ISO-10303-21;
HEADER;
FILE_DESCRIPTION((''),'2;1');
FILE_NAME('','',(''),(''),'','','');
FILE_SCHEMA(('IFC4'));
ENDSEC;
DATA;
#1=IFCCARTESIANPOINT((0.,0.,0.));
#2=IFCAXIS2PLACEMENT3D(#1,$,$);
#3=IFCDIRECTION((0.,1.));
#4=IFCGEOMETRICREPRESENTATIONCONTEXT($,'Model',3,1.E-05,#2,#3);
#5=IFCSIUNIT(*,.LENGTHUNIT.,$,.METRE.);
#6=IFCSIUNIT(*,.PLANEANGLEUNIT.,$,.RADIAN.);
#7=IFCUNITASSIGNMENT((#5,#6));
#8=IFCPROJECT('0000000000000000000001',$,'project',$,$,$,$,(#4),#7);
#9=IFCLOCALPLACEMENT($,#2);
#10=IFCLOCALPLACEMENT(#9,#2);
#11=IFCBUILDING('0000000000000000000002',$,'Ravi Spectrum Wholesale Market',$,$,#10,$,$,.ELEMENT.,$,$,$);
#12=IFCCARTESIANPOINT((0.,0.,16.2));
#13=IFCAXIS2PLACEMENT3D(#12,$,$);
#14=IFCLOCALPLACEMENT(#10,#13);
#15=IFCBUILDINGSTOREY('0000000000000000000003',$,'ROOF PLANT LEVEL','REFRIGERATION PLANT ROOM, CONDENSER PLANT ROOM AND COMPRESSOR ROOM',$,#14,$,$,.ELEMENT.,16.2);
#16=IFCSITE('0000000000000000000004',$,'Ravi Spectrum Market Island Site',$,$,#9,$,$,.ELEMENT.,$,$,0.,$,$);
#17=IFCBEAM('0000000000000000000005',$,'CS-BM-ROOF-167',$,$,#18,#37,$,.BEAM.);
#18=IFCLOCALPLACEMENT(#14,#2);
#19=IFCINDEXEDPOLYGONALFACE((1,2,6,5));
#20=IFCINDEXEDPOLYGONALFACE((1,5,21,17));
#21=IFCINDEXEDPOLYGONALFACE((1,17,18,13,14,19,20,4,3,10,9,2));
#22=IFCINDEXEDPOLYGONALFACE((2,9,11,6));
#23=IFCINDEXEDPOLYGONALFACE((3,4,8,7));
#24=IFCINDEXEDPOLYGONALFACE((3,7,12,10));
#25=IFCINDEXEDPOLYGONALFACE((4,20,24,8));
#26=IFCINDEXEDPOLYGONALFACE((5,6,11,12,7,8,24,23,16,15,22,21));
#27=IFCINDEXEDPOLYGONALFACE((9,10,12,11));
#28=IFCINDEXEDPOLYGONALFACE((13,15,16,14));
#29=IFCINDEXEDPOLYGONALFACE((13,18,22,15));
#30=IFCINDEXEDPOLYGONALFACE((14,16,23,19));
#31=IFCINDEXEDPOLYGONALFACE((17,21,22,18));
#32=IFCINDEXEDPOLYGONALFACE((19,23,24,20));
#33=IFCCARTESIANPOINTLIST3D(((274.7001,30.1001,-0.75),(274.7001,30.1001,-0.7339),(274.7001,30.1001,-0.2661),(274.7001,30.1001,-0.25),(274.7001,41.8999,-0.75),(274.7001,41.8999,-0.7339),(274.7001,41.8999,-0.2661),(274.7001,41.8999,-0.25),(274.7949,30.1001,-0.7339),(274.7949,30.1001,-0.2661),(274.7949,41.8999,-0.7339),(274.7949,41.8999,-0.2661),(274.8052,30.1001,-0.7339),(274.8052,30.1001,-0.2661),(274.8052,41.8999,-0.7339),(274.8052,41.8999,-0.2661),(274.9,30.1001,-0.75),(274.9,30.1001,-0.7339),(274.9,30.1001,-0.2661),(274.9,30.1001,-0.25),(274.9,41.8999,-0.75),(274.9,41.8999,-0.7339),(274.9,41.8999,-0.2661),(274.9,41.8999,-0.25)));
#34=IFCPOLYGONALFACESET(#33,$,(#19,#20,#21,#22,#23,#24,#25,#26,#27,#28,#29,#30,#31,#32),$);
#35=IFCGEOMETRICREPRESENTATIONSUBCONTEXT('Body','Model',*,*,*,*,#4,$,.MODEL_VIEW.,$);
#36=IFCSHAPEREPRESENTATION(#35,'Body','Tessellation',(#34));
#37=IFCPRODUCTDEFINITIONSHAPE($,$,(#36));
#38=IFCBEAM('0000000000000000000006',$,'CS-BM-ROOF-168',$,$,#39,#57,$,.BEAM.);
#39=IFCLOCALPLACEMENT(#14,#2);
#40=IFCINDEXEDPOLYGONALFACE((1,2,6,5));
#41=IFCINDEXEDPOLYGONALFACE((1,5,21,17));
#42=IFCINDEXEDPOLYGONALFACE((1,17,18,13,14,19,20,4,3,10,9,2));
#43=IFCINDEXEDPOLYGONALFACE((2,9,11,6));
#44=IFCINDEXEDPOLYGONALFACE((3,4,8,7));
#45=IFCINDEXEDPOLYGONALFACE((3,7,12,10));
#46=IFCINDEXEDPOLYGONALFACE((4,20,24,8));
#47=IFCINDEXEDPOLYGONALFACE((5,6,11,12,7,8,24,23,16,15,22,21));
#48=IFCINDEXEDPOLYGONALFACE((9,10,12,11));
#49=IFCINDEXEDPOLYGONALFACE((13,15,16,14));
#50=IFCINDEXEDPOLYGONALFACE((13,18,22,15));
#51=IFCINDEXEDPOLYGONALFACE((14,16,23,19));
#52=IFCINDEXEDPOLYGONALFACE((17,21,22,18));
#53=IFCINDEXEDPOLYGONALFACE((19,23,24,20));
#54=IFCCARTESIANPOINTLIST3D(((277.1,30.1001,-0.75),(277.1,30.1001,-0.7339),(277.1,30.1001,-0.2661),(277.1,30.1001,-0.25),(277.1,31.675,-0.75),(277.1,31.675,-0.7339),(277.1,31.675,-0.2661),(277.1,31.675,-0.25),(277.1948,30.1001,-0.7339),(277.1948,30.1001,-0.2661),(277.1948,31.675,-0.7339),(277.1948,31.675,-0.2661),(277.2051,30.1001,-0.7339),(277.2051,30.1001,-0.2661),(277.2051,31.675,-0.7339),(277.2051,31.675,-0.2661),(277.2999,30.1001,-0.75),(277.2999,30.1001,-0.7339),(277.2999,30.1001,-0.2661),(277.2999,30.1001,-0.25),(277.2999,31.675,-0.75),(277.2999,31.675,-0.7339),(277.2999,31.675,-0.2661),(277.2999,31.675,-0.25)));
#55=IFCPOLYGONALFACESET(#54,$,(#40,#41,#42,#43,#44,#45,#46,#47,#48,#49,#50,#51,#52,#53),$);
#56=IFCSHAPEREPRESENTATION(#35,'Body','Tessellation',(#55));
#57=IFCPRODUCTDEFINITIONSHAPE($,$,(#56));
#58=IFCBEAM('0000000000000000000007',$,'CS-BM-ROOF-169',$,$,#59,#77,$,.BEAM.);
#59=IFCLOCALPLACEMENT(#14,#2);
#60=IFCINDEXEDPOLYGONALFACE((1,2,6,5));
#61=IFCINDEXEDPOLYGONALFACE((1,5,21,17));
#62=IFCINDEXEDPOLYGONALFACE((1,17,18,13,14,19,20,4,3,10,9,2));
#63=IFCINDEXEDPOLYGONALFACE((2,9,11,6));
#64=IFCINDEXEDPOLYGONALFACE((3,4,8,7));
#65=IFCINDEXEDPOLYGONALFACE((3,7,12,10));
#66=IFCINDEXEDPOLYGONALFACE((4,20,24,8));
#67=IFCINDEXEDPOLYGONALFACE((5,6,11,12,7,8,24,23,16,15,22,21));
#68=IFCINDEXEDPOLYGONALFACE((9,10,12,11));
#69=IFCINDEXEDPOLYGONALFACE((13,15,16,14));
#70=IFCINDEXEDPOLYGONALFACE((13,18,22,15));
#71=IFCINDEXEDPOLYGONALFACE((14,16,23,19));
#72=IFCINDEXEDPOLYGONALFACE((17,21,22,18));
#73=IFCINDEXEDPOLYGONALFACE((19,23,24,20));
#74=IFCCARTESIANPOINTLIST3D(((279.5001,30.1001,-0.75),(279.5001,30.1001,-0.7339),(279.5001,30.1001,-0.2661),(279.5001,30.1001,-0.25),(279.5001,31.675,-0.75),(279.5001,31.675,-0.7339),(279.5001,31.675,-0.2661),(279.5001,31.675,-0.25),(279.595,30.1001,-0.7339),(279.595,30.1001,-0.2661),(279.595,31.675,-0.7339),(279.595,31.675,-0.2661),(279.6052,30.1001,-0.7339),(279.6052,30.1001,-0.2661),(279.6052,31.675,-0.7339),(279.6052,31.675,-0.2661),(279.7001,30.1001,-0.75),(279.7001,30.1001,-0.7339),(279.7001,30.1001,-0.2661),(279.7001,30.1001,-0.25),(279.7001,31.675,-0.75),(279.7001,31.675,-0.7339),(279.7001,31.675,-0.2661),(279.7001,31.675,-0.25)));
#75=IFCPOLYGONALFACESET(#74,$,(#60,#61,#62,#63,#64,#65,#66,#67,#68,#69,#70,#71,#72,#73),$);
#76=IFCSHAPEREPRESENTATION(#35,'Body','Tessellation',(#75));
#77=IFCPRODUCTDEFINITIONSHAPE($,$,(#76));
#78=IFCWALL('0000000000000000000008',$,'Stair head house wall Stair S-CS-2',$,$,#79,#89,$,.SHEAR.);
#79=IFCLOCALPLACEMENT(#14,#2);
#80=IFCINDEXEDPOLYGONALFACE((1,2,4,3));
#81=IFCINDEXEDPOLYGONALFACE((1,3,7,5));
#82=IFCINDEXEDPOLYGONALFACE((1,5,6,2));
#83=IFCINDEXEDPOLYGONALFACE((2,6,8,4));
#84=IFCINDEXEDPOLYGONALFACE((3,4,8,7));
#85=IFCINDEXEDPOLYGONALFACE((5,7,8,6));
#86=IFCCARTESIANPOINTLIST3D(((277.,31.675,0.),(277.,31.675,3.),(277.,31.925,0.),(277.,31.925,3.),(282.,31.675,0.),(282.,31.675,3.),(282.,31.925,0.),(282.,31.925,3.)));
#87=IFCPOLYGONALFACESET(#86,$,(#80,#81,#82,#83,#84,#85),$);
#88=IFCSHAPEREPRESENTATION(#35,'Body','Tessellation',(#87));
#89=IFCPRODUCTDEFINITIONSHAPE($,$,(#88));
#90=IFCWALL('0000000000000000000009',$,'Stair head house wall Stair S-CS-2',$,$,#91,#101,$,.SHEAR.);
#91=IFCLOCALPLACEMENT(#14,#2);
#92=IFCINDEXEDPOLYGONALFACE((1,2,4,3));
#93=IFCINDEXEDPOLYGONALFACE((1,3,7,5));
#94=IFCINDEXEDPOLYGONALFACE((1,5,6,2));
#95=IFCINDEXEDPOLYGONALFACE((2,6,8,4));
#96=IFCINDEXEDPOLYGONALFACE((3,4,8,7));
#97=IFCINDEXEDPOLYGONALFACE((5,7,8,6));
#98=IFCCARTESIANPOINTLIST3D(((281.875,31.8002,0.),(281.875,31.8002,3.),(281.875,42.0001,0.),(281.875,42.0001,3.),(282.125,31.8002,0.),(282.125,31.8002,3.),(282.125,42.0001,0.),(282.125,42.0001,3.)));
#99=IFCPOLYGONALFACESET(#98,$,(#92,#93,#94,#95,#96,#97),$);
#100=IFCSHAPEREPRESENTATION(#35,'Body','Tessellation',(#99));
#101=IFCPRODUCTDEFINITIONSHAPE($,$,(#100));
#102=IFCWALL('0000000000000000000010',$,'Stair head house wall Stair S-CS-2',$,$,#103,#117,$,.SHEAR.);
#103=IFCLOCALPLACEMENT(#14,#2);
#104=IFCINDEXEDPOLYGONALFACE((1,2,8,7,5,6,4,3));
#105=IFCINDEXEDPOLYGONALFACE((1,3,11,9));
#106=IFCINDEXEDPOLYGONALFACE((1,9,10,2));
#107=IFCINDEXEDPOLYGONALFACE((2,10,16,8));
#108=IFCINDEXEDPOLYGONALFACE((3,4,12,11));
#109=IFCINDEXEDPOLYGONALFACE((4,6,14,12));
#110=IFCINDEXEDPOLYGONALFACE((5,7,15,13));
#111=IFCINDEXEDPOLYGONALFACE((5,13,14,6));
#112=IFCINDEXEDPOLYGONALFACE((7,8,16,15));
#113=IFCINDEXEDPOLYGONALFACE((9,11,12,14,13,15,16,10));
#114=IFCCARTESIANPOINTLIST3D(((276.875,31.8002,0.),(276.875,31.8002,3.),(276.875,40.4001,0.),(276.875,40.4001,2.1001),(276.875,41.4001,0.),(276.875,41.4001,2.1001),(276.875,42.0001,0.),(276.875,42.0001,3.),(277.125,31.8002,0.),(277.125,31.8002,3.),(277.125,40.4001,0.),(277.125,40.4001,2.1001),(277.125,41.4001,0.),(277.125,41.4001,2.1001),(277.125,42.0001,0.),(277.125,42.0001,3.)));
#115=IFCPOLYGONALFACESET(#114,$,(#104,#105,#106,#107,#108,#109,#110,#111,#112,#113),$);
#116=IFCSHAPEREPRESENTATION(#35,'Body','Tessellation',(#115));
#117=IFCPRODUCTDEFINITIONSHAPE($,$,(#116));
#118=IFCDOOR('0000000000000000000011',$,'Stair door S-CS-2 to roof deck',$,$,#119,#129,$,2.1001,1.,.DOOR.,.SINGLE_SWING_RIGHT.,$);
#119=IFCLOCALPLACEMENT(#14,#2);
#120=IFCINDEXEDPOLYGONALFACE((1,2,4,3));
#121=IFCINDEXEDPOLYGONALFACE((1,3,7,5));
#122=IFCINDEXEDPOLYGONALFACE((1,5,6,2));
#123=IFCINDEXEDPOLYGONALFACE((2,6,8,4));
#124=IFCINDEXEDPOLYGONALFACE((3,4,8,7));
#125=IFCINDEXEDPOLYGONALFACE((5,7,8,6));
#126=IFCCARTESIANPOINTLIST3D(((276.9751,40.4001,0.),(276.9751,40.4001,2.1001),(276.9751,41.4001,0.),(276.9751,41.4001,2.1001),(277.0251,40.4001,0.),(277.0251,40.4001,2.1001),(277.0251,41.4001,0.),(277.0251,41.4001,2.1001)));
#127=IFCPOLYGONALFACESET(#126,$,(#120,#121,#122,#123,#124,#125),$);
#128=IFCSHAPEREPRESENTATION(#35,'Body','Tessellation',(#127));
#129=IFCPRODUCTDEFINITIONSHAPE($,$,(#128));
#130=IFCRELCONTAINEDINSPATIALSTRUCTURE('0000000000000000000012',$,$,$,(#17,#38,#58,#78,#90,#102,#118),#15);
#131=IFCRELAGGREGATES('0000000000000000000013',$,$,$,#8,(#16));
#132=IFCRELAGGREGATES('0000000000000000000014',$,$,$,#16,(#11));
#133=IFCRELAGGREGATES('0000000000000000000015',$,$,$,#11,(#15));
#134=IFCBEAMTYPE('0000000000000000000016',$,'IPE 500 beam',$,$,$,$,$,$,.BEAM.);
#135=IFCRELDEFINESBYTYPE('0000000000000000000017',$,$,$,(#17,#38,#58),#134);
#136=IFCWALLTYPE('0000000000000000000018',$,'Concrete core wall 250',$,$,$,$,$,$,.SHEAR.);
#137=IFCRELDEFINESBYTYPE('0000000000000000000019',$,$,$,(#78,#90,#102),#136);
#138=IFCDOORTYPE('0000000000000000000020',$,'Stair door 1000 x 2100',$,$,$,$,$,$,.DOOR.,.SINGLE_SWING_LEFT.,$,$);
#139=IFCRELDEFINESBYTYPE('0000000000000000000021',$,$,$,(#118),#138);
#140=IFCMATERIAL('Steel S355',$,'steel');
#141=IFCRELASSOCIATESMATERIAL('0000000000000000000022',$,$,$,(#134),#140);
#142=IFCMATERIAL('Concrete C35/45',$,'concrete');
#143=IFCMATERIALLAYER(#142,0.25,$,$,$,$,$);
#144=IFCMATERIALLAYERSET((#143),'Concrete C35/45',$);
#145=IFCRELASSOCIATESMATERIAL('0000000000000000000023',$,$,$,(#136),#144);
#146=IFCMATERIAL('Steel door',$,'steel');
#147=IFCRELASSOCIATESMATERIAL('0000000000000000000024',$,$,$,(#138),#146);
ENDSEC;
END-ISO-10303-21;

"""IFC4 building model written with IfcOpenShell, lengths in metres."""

from ifc_helpers import new_model, si_unit, direction, frame, frame_2d, origin, origin_2d, place, context, subcontext, project, spatial, rectangle, i_section, extrude, material, layer, layer_set, material_profile, profile_set, type_object, element, fill, save


model = new_model("IFC4")

# Units and contexts
model_context = context("Model", 3, precision=1e-05, world=origin(), true_north=direction((0.0, 1.0)))
body_context = subcontext(model_context, "Body", "Model", "MODEL_VIEW")
ifc_project = project(units=[si_unit("LENGTHUNIT", "METRE"), si_unit("PLANEANGLEUNIT", "RADIAN")], contexts=[model_context])

# Site, building, storey
site_placement = place(None, origin())
site = spatial("IfcSite", under=ifc_project, at=site_placement, Name="Ravi Spectrum Market Island Site", CompositionType="ELEMENT", RefElevation=0.0)
building_placement = place(site_placement, origin())
building = spatial("IfcBuilding", under=site, at=building_placement, Name="Ravi Spectrum Wholesale Market", CompositionType="ELEMENT")
storey_placement = place(building_placement, frame((0.0, 0.0, 16.2)))
storey = spatial("IfcBuildingStorey", under=building, at=storey_placement, Name="ROOF PLANT LEVEL", Description="REFRIGERATION PLANT ROOM, CONDENSER PLANT ROOM AND COMPRESSOR ROOM", CompositionType="ELEMENT", Elevation=16.2)

# Beams
ifc_material_1 = material(Name="Steel S355", Category="steel")
ifc_material_profile_1 = material_profile(ifc_material_1, i_section(OverallWidth=0.2, OverallDepth=0.5, WebThickness=0.0103, FlangeThickness=0.0161, at=origin_2d()))
ifc_profile_set_1 = profile_set([ifc_material_profile_1], Name="Steel S355")
beam_type_1 = type_object("IfcBeamType", Name="IPE 500 beam", PredefinedType="BEAM", material=ifc_profile_set_1)
for number, where, z_axis, x_axis, name in (
    (1, (274.8, 30.1001, -0.5), (0.0, 1.0, 0.0), (-1.0, 0.0, 0.0), "CS-BM-ROOF-167"),
):
    element("IfcBeam", number, at=place(storey_placement, frame(where, z_axis=z_axis, x_axis=x_axis)), inside=storey, type_object=beam_type_1, Name=name, PredefinedType="BEAM", context=body_context, shape_type="SweptSolid", body=[
        extrude(i_section(OverallWidth=0.2, OverallDepth=0.5, WebThickness=0.0103, FlangeThickness=0.0161, at=origin_2d()), origin(), (0.0, 0.0, 1.0), 11.7998),
    ])
for number, where, z_axis, x_axis, name in (
    (2, (277.2, 30.1001, -0.5), (0.0, 1.0, 0.0), (-1.0, 0.0, 0.0), "CS-BM-ROOF-168"),
    (3, (279.6001, 30.1001, -0.5), (0.0, 1.0, 0.0), (-1.0, 0.0, 0.0), "CS-BM-ROOF-169"),
):
    element("IfcBeam", number, at=place(storey_placement, frame(where, z_axis=z_axis, x_axis=x_axis)), inside=storey, type_object=beam_type_1, Name=name, PredefinedType="BEAM", context=body_context, shape_type="SweptSolid", body=[
        extrude(i_section(OverallWidth=0.2, OverallDepth=0.5, WebThickness=0.0103, FlangeThickness=0.0161, at=origin_2d()), origin(), (0.0, 0.0, 1.0), 1.575),
    ])

# Walls
ifc_material_2 = material(Name="Concrete C35/45", Category="concrete")
ifc_layer = layer(ifc_material_2, 0.25)
ifc_layer_set = layer_set([ifc_layer], Name="Concrete C35/45")
wall_type = type_object("IfcWallType", Name="Concrete core wall 250", PredefinedType="SHEAR", material=ifc_layer_set)
wall_1_placement = place(storey_placement, frame((277.0, 31.8, 0.0), z_axis=(0.0, 0.0, 1.0), x_axis=(1.0, 0.0, 0.0)))
element("IfcWall", 4, at=wall_1_placement, inside=storey, type_object=wall_type, Name="Stair head house wall Stair S-CS-2", PredefinedType="SHEAR", context=body_context, shape_type="SweptSolid", body=[
    extrude(rectangle(XDim=5.0, YDim=0.25, at=frame_2d((2.5, 0.0))), origin(), (0.0, 0.0, 1.0), 3.0),
])
wall_2_placement = place(storey_placement, frame((282.0, 31.8, 0.0), z_axis=(0.0, 0.0, 1.0), x_axis=(0.0, 1.0, 0.0)))
element("IfcWall", 5, at=wall_2_placement, inside=storey, type_object=wall_type, Name="Stair head house wall Stair S-CS-2", PredefinedType="SHEAR", context=body_context, shape_type="SweptSolid", body=[
    extrude(rectangle(XDim=10.2, YDim=0.25, at=frame_2d((5.1001, 0.0))), origin(), (0.0, 0.0, 1.0), 3.0),
])

# Wall, opening, door
wall_3_placement = place(storey_placement, frame((277.0, 31.8, 0.0), z_axis=(0.0, 0.0, 1.0), x_axis=(0.0, 1.0, 0.0)))
wall_3 = element("IfcWall", 6, at=wall_3_placement, inside=storey, type_object=wall_type, Name="Stair head house wall Stair S-CS-2", PredefinedType="SHEAR", context=body_context, shape_type="SweptSolid", body=[
    extrude(rectangle(XDim=10.2, YDim=0.25, at=frame_2d((5.1001, 0.0))), origin(), (0.0, 0.0, 1.0), 3.0),
])
opening_placement = place(wall_3_placement, frame((8.6001, 0.0, 0.0)))
opening = element("IfcOpeningElement", 7, at=opening_placement, cuts=wall_3, PredefinedType="OPENING", context=body_context, shape_type="SweptSolid", body=[
    extrude(rectangle(XDim=1.0, YDim=2.1001, at=frame_2d((0.5, 1.05))), frame((0.0, 0.135, 0.0), z_axis=(0.0, -1.0, 0.0), x_axis=(1.0, 0.0, 0.0)), (0.0, 0.0, 1.0), 0.27),
])
ifc_material_3 = material(Name="Steel door", Category="steel")
door_type = type_object("IfcDoorType", Name="Stair door 1000 x 2100", OperationType="SINGLE_SWING_LEFT", PredefinedType="DOOR", material=ifc_material_3)
door_placement = place(opening_placement, origin())
door = element("IfcDoor", 8, at=door_placement, inside=storey, type_object=door_type, Name="Stair door S-CS-2 to roof deck", OperationType="SINGLE_SWING_RIGHT", OverallHeight=2.1001, OverallWidth=1.0, PredefinedType="DOOR", context=body_context, shape_type="SweptSolid", body=[
    extrude(rectangle(XDim=1.0, YDim=2.1001, at=frame_2d((0.5, 1.05))), frame((0.0, 0.0249, 0.0), z_axis=(0.0, -1.0, 0.0), x_axis=(1.0, 0.0, 0.0)), (0.0, 0.0, 1.0), 0.05),
])
fill(opening, door)

save(model, "model.ifc")
